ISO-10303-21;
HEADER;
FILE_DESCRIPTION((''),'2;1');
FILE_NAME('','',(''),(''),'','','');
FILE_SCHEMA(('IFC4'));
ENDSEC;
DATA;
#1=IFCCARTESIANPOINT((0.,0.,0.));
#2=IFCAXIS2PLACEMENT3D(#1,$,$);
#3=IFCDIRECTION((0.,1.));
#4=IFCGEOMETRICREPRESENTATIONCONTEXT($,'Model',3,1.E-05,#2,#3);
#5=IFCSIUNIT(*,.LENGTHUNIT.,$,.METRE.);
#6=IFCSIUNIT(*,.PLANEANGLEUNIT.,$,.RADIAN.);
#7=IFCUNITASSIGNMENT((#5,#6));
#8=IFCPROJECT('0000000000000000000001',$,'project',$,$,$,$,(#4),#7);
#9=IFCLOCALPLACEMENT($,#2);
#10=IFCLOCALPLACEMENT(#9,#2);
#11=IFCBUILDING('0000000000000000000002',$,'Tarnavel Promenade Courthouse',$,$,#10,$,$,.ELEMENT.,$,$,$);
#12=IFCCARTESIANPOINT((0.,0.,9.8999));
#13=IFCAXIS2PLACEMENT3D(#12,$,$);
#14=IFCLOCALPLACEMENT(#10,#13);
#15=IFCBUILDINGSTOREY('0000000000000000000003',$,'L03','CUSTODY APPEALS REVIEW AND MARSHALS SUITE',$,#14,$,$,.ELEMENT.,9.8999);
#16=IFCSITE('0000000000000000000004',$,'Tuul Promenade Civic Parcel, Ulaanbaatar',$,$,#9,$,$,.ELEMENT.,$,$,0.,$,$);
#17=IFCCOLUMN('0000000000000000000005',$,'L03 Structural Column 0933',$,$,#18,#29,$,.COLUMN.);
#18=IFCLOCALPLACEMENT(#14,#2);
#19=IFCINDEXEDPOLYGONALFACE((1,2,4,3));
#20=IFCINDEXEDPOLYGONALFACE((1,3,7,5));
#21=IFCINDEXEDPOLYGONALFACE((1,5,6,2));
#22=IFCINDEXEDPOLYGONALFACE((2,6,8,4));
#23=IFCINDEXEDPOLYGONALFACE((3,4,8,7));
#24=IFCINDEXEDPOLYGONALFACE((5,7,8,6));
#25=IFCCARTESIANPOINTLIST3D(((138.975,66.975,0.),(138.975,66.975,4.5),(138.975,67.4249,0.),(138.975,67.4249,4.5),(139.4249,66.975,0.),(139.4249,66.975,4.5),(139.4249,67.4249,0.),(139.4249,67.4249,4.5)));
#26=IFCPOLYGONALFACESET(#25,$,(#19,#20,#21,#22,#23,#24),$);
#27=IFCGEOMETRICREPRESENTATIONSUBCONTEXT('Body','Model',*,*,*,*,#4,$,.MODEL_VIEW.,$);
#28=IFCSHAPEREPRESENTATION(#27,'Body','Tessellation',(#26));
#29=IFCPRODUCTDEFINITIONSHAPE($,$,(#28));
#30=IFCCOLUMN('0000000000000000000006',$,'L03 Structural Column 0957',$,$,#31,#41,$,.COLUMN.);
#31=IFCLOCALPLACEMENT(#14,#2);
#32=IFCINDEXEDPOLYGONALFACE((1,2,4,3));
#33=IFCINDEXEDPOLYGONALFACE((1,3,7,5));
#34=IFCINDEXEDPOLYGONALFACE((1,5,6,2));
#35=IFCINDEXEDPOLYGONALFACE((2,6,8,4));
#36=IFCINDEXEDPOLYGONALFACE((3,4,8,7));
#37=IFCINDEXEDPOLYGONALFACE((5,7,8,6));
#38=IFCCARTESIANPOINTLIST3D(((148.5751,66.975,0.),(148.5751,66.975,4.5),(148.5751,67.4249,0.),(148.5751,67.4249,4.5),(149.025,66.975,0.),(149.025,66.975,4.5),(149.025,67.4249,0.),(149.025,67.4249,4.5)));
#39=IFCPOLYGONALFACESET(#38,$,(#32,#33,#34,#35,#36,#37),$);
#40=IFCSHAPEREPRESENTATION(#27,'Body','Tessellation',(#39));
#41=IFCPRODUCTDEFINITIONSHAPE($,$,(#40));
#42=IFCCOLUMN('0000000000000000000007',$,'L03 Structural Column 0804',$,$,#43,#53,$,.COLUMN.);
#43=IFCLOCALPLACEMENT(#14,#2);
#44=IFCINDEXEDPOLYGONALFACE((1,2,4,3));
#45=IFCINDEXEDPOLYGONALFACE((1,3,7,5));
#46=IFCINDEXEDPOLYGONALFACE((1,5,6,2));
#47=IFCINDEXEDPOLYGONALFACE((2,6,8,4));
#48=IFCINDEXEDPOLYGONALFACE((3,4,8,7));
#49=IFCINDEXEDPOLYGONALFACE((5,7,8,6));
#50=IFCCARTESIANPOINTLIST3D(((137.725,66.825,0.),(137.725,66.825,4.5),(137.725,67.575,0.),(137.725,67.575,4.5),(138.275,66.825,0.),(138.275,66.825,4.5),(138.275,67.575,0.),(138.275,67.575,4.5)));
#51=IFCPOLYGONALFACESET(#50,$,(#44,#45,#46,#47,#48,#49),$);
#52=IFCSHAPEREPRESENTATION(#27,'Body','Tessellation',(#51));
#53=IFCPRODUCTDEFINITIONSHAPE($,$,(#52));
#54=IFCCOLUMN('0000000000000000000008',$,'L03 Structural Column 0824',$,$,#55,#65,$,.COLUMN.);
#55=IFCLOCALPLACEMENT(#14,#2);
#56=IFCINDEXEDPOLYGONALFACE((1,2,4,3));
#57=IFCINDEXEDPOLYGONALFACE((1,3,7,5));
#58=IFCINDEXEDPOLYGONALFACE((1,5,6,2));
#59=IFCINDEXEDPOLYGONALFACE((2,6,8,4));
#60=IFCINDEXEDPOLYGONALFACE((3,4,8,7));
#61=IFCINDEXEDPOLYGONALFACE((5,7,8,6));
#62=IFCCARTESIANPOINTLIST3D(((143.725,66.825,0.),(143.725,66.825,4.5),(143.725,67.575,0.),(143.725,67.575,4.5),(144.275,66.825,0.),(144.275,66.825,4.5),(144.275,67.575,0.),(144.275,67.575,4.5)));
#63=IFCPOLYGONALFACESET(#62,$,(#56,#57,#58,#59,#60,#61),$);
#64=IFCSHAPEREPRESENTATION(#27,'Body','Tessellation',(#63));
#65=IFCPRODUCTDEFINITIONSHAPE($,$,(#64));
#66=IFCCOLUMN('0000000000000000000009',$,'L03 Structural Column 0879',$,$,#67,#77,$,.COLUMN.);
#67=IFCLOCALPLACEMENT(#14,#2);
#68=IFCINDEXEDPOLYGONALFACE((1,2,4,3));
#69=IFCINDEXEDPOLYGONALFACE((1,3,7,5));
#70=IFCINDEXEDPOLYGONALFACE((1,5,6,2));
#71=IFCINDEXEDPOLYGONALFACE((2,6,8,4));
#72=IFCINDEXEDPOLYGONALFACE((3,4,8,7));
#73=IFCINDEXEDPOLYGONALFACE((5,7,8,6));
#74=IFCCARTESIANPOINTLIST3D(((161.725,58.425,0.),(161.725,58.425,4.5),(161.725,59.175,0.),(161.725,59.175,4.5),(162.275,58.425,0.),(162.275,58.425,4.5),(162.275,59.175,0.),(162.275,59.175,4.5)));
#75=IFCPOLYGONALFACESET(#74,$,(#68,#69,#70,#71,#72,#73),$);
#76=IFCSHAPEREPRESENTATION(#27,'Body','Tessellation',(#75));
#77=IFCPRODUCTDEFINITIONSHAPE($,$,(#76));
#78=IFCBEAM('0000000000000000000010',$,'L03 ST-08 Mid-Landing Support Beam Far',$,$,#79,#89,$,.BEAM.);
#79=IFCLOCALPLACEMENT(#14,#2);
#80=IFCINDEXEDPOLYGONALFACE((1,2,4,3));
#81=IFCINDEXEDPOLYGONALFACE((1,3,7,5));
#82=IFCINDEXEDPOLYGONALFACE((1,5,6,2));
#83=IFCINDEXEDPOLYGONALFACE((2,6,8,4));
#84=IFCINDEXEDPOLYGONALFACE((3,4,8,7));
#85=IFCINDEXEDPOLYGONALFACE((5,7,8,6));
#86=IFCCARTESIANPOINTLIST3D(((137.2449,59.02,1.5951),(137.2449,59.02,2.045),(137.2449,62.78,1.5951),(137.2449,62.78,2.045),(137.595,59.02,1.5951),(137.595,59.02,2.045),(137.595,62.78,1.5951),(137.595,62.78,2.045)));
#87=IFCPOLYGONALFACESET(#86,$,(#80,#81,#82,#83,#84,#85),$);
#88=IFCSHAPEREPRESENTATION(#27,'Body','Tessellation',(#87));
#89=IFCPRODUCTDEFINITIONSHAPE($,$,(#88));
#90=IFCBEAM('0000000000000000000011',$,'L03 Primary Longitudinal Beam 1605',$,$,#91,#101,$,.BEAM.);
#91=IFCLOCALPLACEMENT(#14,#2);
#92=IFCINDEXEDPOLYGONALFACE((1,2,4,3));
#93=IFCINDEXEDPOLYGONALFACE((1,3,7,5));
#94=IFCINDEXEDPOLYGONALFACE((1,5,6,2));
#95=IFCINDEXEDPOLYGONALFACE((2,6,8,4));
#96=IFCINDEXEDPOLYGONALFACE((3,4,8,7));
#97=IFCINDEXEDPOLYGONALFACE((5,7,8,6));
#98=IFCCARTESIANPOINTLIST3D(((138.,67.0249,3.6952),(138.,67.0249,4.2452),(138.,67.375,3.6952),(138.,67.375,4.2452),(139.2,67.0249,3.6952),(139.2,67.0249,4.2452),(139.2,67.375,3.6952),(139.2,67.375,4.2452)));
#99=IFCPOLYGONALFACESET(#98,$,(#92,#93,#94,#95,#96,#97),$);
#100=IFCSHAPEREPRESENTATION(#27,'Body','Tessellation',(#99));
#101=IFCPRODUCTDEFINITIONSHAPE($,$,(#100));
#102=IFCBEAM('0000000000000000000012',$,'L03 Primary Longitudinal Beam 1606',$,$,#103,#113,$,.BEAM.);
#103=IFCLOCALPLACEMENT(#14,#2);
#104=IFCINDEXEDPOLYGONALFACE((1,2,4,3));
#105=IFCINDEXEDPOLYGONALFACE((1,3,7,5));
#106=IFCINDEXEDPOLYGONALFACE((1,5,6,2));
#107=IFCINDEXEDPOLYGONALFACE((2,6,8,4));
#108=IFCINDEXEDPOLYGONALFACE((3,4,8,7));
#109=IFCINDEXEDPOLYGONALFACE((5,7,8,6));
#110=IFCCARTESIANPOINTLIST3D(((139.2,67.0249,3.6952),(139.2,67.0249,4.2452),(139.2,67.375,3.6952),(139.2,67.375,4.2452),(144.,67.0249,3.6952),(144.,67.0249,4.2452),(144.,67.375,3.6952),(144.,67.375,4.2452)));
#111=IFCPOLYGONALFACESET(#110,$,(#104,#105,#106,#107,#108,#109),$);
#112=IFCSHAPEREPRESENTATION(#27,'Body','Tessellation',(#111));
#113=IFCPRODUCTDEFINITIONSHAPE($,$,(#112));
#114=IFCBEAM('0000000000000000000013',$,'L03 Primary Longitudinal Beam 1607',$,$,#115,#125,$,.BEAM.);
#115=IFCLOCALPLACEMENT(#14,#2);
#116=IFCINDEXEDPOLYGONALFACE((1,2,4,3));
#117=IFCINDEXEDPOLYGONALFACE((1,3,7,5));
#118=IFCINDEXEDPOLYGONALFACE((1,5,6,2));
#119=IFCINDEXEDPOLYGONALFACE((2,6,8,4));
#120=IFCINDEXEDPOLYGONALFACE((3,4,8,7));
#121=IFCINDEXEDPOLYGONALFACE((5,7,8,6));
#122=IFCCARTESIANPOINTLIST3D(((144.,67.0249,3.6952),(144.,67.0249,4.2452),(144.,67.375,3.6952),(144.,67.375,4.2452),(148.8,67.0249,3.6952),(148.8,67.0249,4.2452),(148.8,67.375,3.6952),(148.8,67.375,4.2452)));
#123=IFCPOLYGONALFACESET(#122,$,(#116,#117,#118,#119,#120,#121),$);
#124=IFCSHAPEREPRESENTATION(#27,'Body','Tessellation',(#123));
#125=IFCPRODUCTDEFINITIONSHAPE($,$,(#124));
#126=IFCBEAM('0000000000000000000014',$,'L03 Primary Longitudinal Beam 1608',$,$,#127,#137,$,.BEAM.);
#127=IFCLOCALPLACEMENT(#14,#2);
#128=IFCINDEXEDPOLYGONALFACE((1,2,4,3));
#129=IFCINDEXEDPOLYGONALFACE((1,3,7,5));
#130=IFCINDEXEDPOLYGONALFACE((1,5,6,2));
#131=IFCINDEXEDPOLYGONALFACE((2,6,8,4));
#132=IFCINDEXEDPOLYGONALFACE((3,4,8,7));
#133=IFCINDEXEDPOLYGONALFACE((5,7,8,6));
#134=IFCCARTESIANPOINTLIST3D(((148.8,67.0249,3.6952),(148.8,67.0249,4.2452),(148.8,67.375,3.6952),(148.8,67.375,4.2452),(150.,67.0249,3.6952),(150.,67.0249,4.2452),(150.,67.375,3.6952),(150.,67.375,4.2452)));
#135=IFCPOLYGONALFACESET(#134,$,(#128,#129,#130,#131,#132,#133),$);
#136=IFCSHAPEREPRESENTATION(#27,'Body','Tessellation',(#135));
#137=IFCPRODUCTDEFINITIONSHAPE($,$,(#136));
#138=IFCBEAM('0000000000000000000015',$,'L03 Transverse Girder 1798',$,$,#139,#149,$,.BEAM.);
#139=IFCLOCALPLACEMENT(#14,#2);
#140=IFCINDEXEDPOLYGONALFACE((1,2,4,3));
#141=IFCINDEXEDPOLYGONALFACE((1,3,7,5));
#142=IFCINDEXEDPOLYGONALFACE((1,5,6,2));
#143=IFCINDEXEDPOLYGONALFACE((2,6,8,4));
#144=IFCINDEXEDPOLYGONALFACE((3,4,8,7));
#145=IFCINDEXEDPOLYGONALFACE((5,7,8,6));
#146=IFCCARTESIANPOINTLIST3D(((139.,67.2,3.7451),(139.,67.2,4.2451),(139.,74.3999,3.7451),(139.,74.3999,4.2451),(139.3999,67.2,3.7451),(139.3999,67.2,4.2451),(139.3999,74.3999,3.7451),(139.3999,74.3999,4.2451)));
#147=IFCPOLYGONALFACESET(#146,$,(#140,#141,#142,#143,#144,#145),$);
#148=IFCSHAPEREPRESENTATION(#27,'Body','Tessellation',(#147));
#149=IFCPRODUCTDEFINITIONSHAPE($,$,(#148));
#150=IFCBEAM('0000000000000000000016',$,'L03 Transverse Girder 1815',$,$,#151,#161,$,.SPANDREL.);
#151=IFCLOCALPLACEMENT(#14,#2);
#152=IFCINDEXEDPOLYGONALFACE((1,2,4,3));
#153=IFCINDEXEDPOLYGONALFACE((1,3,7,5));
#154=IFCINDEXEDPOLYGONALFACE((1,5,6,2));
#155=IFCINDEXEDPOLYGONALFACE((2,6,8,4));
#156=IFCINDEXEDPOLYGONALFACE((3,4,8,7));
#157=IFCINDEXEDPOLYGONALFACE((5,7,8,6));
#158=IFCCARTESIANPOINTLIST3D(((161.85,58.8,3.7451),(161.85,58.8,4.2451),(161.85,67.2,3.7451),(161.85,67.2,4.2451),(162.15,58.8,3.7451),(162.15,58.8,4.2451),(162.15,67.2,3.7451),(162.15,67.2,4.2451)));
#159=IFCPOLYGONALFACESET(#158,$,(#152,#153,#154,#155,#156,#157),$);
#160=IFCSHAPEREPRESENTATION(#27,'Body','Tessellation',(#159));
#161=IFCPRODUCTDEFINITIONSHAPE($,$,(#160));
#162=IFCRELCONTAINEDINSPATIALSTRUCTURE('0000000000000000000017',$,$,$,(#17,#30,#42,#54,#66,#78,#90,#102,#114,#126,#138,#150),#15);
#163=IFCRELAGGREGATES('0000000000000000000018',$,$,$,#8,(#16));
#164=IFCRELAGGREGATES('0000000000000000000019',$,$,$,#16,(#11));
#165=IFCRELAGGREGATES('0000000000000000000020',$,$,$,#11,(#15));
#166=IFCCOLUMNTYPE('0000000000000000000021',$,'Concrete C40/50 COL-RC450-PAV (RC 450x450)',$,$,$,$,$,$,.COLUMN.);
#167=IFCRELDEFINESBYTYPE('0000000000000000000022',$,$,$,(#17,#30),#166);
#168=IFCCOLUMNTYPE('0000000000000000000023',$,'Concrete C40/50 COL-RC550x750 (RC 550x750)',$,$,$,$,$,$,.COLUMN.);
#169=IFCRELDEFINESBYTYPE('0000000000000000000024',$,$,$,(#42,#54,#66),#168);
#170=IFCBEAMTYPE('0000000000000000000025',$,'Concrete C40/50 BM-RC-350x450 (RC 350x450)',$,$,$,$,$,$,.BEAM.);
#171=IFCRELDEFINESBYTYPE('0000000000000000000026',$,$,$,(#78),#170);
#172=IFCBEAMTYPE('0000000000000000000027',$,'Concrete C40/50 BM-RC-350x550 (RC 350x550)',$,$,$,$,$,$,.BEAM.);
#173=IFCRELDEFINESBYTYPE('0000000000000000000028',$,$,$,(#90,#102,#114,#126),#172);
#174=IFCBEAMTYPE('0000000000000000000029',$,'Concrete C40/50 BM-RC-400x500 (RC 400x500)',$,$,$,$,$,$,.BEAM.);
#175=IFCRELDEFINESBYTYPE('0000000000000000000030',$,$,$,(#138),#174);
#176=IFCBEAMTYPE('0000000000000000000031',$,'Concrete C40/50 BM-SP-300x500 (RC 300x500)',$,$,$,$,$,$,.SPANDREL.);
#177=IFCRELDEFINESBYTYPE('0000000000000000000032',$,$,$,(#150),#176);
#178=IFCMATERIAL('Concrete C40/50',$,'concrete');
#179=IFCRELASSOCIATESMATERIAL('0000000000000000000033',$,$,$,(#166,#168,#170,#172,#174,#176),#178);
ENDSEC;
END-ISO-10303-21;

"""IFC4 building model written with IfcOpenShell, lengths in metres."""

from ifc_helpers import new_model, si_unit, direction, frame, origin, origin_2d, place, context, subcontext, project, spatial, rectangle, extrude, material, material_profile, profile_set, type_object, element, save


model = new_model("IFC4")

# Units and contexts
model_context = context("Model", 3, precision=1e-05, world=origin(), true_north=direction((0.0, 1.0)))
body_context = subcontext(model_context, "Body", "Model", "MODEL_VIEW")
ifc_project = project(units=[si_unit("LENGTHUNIT", "METRE"), si_unit("PLANEANGLEUNIT", "RADIAN")], contexts=[model_context])

# Site, building, storey
site_placement = place(None, origin())
site = spatial("IfcSite", under=ifc_project, at=site_placement, Name="Tuul Promenade Civic Parcel, Ulaanbaatar", CompositionType="ELEMENT", RefElevation=0.0)
building_placement = place(site_placement, origin())
building = spatial("IfcBuilding", under=site, at=building_placement, Name="Tarnavel Promenade Courthouse", CompositionType="ELEMENT")
storey_placement = place(building_placement, frame((0.0, 0.0, 9.8999)))
storey = spatial("IfcBuildingStorey", under=building, at=storey_placement, Name="L03", Description="CUSTODY APPEALS REVIEW AND MARSHALS SUITE", CompositionType="ELEMENT", Elevation=9.8999)

# Columns
ifc_material_1 = material(Name="Concrete C40/50", Category="concrete")
ifc_material_profile_1 = material_profile(ifc_material_1, rectangle(XDim=0.45, YDim=0.45, at=origin_2d()), Name="RC 450x450")
ifc_profile_set_1 = profile_set([ifc_material_profile_1], Name="Concrete C40/50")
column_type_1 = type_object("IfcColumnType", Name="Concrete C40/50 COL-RC450-PAV (RC 450x450)", PredefinedType="COLUMN", material=ifc_profile_set_1)
for number, where, z_axis, x_axis, name in (
    (1, (139.2, 67.2, 0.0), (0.0, 0.0, 1.0), (1.0, 0.0, 0.0), "L03 Structural Column 0933"),
    (2, (148.8, 67.2, 0.0), (0.0, 0.0, 1.0), (1.0, 0.0, 0.0), "L03 Structural Column 0957"),
):
    element("IfcColumn", number, at=place(storey_placement, frame(where, z_axis=z_axis, x_axis=x_axis)), inside=storey, type_object=column_type_1, Name=name, PredefinedType="COLUMN", context=body_context, shape_type="SweptSolid", body=[
        extrude(rectangle(XDim=0.45, YDim=0.45, at=origin_2d()), origin(), (0.0, 0.0, 1.0), 4.5),
    ])
ifc_material_profile_2 = material_profile(ifc_material_1, rectangle(XDim=0.55, YDim=0.75, at=origin_2d()), Name="RC 550x750")
ifc_profile_set_2 = profile_set([ifc_material_profile_2], Name="Concrete C40/50")
column_type_2 = type_object("IfcColumnType", Name="Concrete C40/50 COL-RC550x750 (RC 550x750)", PredefinedType="COLUMN", material=ifc_profile_set_2)
for number, where, z_axis, x_axis, name in (
    (3, (138.0, 67.2, 0.0), (0.0, 0.0, 1.0), (1.0, 0.0, 0.0), "L03 Structural Column 0804"),
    (4, (144.0, 67.2, 0.0), (0.0, 0.0, 1.0), (1.0, 0.0, 0.0), "L03 Structural Column 0824"),
    (5, (162.0, 58.8, 0.0), (0.0, 0.0, 1.0), (1.0, 0.0, 0.0), "L03 Structural Column 0879"),
):
    element("IfcColumn", number, at=place(storey_placement, frame(where, z_axis=z_axis, x_axis=x_axis)), inside=storey, type_object=column_type_2, Name=name, PredefinedType="COLUMN", context=body_context, shape_type="SweptSolid", body=[
        extrude(rectangle(XDim=0.55, YDim=0.75, at=origin_2d()), origin(), (0.0, 0.0, 1.0), 4.5),
    ])

# Beams
ifc_material_profile_3 = material_profile(ifc_material_1, rectangle(XDim=0.3501, YDim=0.45, at=origin_2d()), Name="RC 350x450")
ifc_profile_set_3 = profile_set([ifc_material_profile_3], Name="Concrete C40/50")
beam_type_1 = type_object("IfcBeamType", Name="Concrete C40/50 BM-RC-350x450 (RC 350x450)", PredefinedType="BEAM", material=ifc_profile_set_3)
beam_1_placement = place(storey_placement, frame((137.4199, 59.02, 1.8201), z_axis=(0.0, 1.0, 0.0), x_axis=(-1.0, 0.0, 0.0)))
element("IfcBeam", 6, at=beam_1_placement, inside=storey, type_object=beam_type_1, Name="L03 ST-08 Mid-Landing Support Beam Far", PredefinedType="BEAM", context=body_context, shape_type="SweptSolid", body=[
    extrude(rectangle(XDim=0.3501, YDim=0.45, at=origin_2d()), origin(), (0.0, 0.0, 1.0), 3.76),
])
ifc_material_profile_4 = material_profile(ifc_material_1, rectangle(XDim=0.3501, YDim=0.55, at=origin_2d()), Name="RC 350x550")
ifc_profile_set_4 = profile_set([ifc_material_profile_4], Name="Concrete C40/50")
beam_type_2 = type_object("IfcBeamType", Name="Concrete C40/50 BM-RC-350x550 (RC 350x550)", PredefinedType="BEAM", material=ifc_profile_set_4)
beam_2_placement = place(storey_placement, frame((138.0, 67.2, 3.9702), z_axis=(1.0, 0.0, 0.0), x_axis=(0.0, 1.0, 0.0)))
element("IfcBeam", 7, at=beam_2_placement, inside=storey, type_object=beam_type_2, Name="L03 Primary Longitudinal Beam 1605", PredefinedType="BEAM", context=body_context, shape_type="SweptSolid", body=[
    extrude(rectangle(XDim=0.3501, YDim=0.55, at=origin_2d()), origin(), (0.0, 0.0, 1.0), 1.2),
])
for number, where, z_axis, x_axis, name in (
    (8, (139.2, 67.2, 3.9702), (1.0, 0.0, 0.0), (0.0, 1.0, 0.0), "L03 Primary Longitudinal Beam 1606"),
    (9, (144.0, 67.2, 3.9702), (1.0, 0.0, 0.0), (0.0, 1.0, 0.0), "L03 Primary Longitudinal Beam 1607"),
):
    element("IfcBeam", number, at=place(storey_placement, frame(where, z_axis=z_axis, x_axis=x_axis)), inside=storey, type_object=beam_type_2, Name=name, PredefinedType="BEAM", context=body_context, shape_type="SweptSolid", body=[
        extrude(rectangle(XDim=0.3501, YDim=0.55, at=origin_2d()), origin(), (0.0, 0.0, 1.0), 4.8),
    ])
beam_3_placement = place(storey_placement, frame((148.8, 67.2, 3.9702), z_axis=(1.0, 0.0, 0.0), x_axis=(0.0, 1.0, 0.0)))
element("IfcBeam", 10, at=beam_3_placement, inside=storey, type_object=beam_type_2, Name="L03 Primary Longitudinal Beam 1608", PredefinedType="BEAM", context=body_context, shape_type="SweptSolid", body=[
    extrude(rectangle(XDim=0.3501, YDim=0.55, at=origin_2d()), origin(), (0.0, 0.0, 1.0), 1.2),
])
ifc_material_profile_5 = material_profile(ifc_material_1, rectangle(XDim=0.3999, YDim=0.5, at=origin_2d()), Name="RC 400x500")
ifc_profile_set_5 = profile_set([ifc_material_profile_5], Name="Concrete C40/50")
beam_type_3 = type_object("IfcBeamType", Name="Concrete C40/50 BM-RC-400x500 (RC 400x500)", PredefinedType="BEAM", material=ifc_profile_set_5)
beam_4_placement = place(storey_placement, frame((139.2, 67.2, 3.9951), z_axis=(0.0, 1.0, 0.0), x_axis=(-1.0, 0.0, 0.0)))
element("IfcBeam", 11, at=beam_4_placement, inside=storey, type_object=beam_type_3, Name="L03 Transverse Girder 1798", PredefinedType="BEAM", context=body_context, shape_type="SweptSolid", body=[
    extrude(rectangle(XDim=0.3999, YDim=0.5, at=origin_2d()), origin(), (0.0, 0.0, 1.0), 7.2),
])
ifc_material_profile_6 = material_profile(ifc_material_1, rectangle(XDim=0.3, YDim=0.5, at=origin_2d()), Name="RC 300x500")
ifc_profile_set_6 = profile_set([ifc_material_profile_6], Name="Concrete C40/50")
beam_type_4 = type_object("IfcBeamType", Name="Concrete C40/50 BM-SP-300x500 (RC 300x500)", PredefinedType="SPANDREL", material=ifc_profile_set_6)
beam_5_placement = place(storey_placement, frame((162.0, 58.8, 3.9951), z_axis=(0.0, 1.0, 0.0), x_axis=(-1.0, 0.0, 0.0)))
element("IfcBeam", 12, at=beam_5_placement, inside=storey, type_object=beam_type_4, Name="L03 Transverse Girder 1815", PredefinedType="SPANDREL", context=body_context, shape_type="SweptSolid", body=[
    extrude(rectangle(XDim=0.3, YDim=0.5, at=origin_2d()), origin(), (0.0, 0.0, 1.0), 8.3999),
])

save(model, "model.ifc")
